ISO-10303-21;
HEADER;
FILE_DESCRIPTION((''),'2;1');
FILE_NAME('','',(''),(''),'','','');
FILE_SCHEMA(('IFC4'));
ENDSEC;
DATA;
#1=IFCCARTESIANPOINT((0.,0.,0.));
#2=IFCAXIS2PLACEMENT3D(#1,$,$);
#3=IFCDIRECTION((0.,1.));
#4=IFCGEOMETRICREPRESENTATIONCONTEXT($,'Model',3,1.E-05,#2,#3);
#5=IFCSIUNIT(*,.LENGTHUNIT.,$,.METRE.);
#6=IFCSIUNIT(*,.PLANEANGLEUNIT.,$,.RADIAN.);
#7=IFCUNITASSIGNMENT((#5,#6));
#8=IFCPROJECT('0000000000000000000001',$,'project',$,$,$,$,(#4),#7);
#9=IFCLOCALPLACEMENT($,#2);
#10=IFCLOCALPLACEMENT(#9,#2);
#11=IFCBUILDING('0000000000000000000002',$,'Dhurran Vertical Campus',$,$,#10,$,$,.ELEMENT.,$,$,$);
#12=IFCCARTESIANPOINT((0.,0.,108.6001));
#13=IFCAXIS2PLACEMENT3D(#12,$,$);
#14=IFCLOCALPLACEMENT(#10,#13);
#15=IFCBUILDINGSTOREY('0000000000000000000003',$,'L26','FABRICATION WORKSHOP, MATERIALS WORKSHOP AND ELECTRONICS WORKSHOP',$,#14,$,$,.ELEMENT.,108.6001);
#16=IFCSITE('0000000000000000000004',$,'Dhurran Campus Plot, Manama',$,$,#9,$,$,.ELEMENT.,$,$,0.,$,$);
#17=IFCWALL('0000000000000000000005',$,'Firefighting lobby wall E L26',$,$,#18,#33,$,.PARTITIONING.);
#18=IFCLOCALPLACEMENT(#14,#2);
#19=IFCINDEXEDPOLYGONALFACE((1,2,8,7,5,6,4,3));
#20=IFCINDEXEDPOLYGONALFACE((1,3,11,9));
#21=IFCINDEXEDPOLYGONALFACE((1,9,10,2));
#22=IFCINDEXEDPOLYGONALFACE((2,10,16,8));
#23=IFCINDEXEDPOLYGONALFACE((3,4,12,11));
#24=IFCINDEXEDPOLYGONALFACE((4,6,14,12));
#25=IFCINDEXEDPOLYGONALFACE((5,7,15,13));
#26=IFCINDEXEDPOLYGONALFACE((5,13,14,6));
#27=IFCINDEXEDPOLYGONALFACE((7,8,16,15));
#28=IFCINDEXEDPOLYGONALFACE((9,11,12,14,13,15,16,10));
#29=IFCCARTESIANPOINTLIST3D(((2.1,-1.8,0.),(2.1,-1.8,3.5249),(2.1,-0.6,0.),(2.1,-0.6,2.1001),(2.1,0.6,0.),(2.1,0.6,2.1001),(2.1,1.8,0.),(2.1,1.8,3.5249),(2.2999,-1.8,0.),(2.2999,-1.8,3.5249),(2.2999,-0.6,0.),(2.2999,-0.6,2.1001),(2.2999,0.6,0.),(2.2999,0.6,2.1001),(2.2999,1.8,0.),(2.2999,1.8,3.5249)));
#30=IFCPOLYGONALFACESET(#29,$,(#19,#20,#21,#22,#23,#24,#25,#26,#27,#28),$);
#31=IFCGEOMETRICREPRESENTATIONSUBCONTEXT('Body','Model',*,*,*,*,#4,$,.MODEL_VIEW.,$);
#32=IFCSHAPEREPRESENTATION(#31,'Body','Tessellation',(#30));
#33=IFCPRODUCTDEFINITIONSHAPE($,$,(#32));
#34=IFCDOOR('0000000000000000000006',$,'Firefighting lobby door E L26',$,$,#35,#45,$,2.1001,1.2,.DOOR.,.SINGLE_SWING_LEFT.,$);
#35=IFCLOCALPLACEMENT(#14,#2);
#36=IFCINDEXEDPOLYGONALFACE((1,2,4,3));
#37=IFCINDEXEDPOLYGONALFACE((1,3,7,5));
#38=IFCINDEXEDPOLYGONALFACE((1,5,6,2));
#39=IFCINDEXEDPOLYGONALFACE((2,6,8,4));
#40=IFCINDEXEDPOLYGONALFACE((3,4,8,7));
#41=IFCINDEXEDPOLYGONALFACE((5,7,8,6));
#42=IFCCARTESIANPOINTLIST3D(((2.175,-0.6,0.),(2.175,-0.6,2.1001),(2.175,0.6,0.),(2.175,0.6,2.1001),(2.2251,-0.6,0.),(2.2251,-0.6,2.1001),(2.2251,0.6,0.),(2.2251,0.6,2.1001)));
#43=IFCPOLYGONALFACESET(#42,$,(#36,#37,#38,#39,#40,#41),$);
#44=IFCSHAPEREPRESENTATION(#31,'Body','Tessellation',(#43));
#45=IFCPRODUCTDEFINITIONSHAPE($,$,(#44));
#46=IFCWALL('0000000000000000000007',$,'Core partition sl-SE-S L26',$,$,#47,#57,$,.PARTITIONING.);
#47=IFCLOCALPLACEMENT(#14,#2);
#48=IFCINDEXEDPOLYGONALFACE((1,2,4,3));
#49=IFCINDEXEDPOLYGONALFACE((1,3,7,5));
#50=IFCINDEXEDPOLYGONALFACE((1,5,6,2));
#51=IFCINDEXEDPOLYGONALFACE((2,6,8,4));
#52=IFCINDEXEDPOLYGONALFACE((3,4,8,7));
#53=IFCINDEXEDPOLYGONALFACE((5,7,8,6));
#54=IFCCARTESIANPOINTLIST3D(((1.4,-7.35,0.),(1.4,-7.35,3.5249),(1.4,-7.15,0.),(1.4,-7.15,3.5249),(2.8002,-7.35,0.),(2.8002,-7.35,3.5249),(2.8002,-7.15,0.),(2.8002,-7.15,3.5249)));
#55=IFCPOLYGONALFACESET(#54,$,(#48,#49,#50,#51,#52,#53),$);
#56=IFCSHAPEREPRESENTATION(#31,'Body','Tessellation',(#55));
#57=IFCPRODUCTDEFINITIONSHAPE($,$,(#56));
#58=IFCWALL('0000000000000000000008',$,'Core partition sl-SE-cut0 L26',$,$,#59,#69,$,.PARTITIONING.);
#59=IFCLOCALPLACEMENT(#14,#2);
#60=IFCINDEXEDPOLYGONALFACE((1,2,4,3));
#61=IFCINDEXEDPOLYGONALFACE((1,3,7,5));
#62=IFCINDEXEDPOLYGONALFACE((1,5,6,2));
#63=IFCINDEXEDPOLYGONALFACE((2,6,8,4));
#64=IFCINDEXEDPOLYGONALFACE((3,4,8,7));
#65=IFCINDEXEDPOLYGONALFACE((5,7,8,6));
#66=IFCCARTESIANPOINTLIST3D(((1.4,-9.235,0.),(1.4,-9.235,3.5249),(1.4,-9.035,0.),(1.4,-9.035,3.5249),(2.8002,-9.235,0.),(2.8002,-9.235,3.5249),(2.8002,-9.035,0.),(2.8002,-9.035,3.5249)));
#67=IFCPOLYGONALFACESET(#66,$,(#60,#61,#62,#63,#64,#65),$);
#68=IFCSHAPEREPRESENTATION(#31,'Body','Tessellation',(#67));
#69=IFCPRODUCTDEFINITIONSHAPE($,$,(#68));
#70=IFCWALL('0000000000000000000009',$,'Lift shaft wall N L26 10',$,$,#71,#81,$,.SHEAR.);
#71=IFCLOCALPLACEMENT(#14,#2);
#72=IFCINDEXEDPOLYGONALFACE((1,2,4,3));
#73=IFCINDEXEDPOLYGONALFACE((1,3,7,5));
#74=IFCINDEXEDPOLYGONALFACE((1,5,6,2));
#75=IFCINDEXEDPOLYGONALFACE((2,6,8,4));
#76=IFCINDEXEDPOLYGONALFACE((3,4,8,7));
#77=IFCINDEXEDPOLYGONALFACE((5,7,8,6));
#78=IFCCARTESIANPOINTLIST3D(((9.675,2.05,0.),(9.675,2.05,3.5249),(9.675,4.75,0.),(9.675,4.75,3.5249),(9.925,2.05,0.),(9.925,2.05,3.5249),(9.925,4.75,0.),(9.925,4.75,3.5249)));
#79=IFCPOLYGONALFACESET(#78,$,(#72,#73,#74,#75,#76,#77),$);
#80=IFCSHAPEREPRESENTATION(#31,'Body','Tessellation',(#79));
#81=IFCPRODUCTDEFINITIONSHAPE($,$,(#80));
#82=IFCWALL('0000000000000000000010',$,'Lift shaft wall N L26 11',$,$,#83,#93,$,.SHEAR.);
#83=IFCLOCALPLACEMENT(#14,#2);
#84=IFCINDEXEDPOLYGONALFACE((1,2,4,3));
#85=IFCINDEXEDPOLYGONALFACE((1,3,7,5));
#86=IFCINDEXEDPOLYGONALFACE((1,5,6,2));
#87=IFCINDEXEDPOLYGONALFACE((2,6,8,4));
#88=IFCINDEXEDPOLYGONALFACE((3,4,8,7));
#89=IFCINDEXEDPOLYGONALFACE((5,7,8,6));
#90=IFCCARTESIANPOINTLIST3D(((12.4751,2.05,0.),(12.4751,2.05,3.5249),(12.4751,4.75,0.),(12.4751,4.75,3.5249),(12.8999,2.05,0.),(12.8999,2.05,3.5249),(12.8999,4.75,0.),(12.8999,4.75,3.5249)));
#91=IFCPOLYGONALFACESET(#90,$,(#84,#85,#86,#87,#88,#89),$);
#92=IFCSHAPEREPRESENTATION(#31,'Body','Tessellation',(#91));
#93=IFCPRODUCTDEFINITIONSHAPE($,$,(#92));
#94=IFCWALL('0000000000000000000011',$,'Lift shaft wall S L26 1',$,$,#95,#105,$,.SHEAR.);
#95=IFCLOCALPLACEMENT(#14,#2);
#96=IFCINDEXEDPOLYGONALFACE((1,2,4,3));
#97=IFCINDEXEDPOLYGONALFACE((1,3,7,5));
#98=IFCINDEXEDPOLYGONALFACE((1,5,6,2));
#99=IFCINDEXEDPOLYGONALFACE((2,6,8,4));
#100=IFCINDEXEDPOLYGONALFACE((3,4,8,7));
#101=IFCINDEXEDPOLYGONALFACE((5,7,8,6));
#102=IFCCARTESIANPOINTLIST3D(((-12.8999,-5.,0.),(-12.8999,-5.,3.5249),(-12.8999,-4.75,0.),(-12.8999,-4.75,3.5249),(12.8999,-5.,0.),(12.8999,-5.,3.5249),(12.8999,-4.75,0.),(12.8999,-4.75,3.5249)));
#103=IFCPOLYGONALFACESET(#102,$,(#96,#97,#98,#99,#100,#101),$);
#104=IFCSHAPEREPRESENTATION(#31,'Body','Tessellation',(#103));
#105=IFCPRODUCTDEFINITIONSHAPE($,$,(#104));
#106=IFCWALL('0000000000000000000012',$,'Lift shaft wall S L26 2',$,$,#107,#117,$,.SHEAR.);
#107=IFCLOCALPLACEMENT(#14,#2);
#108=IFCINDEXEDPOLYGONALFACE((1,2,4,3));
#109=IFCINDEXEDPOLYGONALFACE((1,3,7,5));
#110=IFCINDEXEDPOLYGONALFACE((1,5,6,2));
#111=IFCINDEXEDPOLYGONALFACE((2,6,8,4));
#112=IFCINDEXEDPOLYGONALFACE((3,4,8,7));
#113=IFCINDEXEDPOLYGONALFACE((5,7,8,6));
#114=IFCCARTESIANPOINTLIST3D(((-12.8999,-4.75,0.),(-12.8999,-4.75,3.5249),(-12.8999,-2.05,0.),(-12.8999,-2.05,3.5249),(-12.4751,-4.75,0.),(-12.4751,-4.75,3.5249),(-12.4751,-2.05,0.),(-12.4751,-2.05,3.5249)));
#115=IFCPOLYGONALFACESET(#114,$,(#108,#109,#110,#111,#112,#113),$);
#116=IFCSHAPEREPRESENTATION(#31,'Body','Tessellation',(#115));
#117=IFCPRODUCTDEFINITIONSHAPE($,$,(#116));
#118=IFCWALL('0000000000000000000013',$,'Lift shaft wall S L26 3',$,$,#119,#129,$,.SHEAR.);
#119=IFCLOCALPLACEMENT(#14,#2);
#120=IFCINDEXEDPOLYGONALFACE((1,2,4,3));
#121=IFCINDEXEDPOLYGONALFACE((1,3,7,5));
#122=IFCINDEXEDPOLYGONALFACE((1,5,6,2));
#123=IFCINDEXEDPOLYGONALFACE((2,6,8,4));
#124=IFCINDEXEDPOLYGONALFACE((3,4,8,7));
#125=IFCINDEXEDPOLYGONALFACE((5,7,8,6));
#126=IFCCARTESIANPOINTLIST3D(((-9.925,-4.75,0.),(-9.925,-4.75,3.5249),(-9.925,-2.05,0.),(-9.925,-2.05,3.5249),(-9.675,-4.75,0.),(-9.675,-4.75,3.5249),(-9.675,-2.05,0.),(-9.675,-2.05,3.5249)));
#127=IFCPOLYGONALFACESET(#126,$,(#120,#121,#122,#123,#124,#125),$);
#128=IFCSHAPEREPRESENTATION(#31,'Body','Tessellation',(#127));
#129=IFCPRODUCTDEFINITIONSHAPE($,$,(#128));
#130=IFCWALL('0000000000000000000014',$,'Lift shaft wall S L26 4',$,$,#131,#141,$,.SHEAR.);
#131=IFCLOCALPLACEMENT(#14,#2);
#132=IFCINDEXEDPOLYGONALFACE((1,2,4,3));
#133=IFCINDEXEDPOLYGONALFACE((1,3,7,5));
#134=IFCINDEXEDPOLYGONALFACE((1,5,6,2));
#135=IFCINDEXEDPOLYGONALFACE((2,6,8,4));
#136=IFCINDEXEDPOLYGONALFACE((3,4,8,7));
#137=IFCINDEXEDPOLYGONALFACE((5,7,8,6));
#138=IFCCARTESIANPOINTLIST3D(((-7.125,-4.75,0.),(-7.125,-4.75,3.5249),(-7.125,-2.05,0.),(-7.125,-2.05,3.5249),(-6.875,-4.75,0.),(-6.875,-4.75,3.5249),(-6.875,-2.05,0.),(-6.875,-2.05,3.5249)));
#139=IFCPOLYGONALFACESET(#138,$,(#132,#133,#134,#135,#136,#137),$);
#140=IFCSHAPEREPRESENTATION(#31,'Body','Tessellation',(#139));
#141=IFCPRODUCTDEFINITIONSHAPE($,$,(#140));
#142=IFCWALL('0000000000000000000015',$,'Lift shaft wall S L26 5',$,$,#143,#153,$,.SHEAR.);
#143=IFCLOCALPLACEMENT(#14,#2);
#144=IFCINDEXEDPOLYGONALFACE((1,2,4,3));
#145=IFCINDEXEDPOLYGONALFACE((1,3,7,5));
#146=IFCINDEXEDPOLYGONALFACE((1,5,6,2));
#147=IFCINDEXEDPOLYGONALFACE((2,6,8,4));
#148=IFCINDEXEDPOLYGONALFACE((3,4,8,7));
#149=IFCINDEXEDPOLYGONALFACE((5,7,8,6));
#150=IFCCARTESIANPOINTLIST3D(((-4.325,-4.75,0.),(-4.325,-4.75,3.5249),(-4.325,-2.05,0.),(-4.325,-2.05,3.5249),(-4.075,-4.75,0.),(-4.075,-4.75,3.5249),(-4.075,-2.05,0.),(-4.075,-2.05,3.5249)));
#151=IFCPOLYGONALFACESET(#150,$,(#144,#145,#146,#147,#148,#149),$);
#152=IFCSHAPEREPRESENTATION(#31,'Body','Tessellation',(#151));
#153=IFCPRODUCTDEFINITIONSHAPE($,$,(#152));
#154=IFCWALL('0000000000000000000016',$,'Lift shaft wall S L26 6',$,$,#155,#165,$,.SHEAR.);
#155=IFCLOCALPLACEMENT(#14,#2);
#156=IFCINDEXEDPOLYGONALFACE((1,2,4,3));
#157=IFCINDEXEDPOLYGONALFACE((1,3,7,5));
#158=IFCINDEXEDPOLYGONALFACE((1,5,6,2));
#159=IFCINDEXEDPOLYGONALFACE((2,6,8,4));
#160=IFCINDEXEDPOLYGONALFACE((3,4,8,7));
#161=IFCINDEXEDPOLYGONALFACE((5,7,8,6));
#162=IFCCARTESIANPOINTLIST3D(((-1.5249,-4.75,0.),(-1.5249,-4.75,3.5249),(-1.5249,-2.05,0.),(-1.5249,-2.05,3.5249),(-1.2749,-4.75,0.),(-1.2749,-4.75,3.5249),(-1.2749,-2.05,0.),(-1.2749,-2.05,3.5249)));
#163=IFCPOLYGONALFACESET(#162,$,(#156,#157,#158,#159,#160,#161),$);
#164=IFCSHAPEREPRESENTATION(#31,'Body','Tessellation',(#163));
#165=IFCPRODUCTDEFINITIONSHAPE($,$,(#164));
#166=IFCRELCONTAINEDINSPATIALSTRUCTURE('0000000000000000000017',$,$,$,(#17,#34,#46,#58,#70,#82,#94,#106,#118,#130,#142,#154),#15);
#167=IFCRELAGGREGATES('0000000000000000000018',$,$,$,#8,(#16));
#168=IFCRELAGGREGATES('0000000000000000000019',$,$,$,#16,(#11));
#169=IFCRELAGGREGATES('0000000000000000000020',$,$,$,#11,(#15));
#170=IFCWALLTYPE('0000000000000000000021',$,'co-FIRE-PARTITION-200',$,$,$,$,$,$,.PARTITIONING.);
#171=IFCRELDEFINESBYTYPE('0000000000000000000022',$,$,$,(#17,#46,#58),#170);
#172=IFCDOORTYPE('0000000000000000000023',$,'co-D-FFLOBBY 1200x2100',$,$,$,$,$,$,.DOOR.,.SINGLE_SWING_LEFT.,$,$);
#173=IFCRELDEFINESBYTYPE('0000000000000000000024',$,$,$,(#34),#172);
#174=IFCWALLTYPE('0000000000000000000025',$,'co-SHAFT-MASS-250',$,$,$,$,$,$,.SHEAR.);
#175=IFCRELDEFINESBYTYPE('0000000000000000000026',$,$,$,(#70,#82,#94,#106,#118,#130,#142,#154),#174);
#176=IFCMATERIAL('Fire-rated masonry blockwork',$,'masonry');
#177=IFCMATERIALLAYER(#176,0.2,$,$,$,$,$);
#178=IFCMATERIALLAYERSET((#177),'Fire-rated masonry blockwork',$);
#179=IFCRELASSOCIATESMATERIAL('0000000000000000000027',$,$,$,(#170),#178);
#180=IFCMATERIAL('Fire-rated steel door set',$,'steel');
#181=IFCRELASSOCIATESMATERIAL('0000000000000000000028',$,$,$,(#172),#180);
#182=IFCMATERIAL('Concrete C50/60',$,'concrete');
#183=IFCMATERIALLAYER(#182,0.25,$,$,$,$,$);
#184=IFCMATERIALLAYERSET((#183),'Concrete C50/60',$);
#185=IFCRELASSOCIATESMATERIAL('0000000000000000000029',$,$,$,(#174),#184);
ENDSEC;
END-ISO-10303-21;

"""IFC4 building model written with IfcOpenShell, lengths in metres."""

from ifc_helpers import new_model, si_unit, direction, frame, frame_2d, origin, place, context, subcontext, project, spatial, polyline, rectangle, outline, extrude, material, layer, layer_set, type_object, element, fill, save


model = new_model("IFC4")

# Units and contexts
model_context = context("Model", 3, precision=1e-05, world=origin(), true_north=direction((0.0, 1.0)))
body_context = subcontext(model_context, "Body", "Model", "MODEL_VIEW")
ifc_project = project(units=[si_unit("LENGTHUNIT", "METRE"), si_unit("PLANEANGLEUNIT", "RADIAN")], contexts=[model_context])

# Site, building, storey
site_placement = place(None, origin())
site = spatial("IfcSite", under=ifc_project, at=site_placement, Name="Dhurran Campus Plot, Manama", CompositionType="ELEMENT", RefElevation=0.0)
building_placement = place(site_placement, origin())
building = spatial("IfcBuilding", under=site, at=building_placement, Name="Dhurran Vertical Campus", CompositionType="ELEMENT")
storey_placement = place(building_placement, frame((0.0, 0.0, 108.6001)))
storey = spatial("IfcBuildingStorey", under=building, at=storey_placement, Name="L26", Description="FABRICATION WORKSHOP, MATERIALS WORKSHOP AND ELECTRONICS WORKSHOP", CompositionType="ELEMENT", Elevation=108.6001)

# Wall, opening, door
ifc_material_1 = material(Name="Fire-rated masonry blockwork", Category="masonry")
ifc_layer_1 = layer(ifc_material_1, 0.2)
ifc_layer_set_1 = layer_set([ifc_layer_1], Name="Fire-rated masonry blockwork")
wall_type_1 = type_object("IfcWallType", Name="co-FIRE-PARTITION-200", PredefinedType="PARTITIONING", material=ifc_layer_set_1)
wall_1_placement = place(storey_placement, frame((2.2, -1.8, 0.0), z_axis=(0.0, 0.0, 1.0), x_axis=(0.0, 1.0, 0.0)))
wall_1 = element("IfcWall", 1, at=wall_1_placement, inside=storey, type_object=wall_type_1, Name="Firefighting lobby wall E L26", PredefinedType="PARTITIONING", context=body_context, shape_type="SweptSolid", body=[
    extrude(rectangle(XDim=3.6001, YDim=0.2, at=frame_2d((1.8, 0.0))), origin(), (0.0, 0.0, 1.0), 3.5249),
])
opening_1_placement = place(wall_1_placement, frame((1.2, 0.0, 0.0)))
opening_1 = element("IfcOpeningElement", 2, at=opening_1_placement, cuts=wall_1, PredefinedType="OPENING", context=body_context, shape_type="SweptSolid", body=[
    extrude(rectangle(XDim=1.2, YDim=2.1001, at=frame_2d((0.6001, 1.05))), frame((0.0, 0.1099, 0.0), z_axis=(0.0, -1.0, 0.0), x_axis=(1.0, 0.0, 0.0)), (0.0, 0.0, 1.0), 0.22),
])
ifc_material_2 = material(Name="Fire-rated steel door set", Category="steel")
door_type_1 = type_object("IfcDoorType", Name="co-D-FFLOBBY 1200x2100", OperationType="SINGLE_SWING_LEFT", PredefinedType="DOOR", material=ifc_material_2)
door_1_placement = place(opening_1_placement, origin())
door_1 = element("IfcDoor", 3, at=door_1_placement, inside=storey, type_object=door_type_1, Name="Firefighting lobby door E L26", OperationType="SINGLE_SWING_LEFT", OverallHeight=2.1001, OverallWidth=1.2, PredefinedType="DOOR", context=body_context, shape_type="SweptSolid", body=[
    extrude(rectangle(XDim=1.2, YDim=2.1001, at=frame_2d((0.6001, 1.05))), frame((0.0, 0.0249, 0.0), z_axis=(0.0, -1.0, 0.0), x_axis=(1.0, 0.0, 0.0)), (0.0, 0.0, 1.0), 0.05),
])
fill(opening_1, door_1)

# Walls
for number, where, z_axis, x_axis, name in (
    (4, (1.3999, -7.25, 0.0), (0.0, 0.0, 1.0), (1.0, 0.0, 0.0), "Core partition sl-SE-S L26"),
    (5, (1.3999, -9.135, 0.0), (0.0, 0.0, 1.0), (1.0, 0.0, 0.0), "Core partition sl-SE-cut0 L26"),
):
    element("IfcWall", number, at=place(storey_placement, frame(where, z_axis=z_axis, x_axis=x_axis)), inside=storey, type_object=wall_type_1, Name=name, PredefinedType="PARTITIONING", context=body_context, shape_type="SweptSolid", body=[
        extrude(rectangle(XDim=1.4001, YDim=0.2, at=frame_2d((0.7002, 0.0))), origin(), (0.0, 0.0, 1.0), 3.5249),
    ])
ifc_material_3 = material(Name="Concrete C50/60", Category="concrete")
ifc_layer_2 = layer(ifc_material_3, 0.25)
ifc_layer_set_2 = layer_set([ifc_layer_2], Name="Concrete C50/60")
wall_type_2 = type_object("IfcWallType", Name="co-SHAFT-MASS-250", PredefinedType="SHEAR", material=ifc_layer_set_2)
wall_2_placement = place(storey_placement, origin())
element("IfcWall", 6, at=wall_2_placement, inside=storey, type_object=wall_type_2, Name="Lift shaft wall N L26 10", PredefinedType="SHEAR", context=body_context, shape_type="SweptSolid", body=[
    extrude(outline(polyline([(9.675, 2.05), (9.925, 2.05), (9.925, 4.75), (9.675, 4.75), (9.675, 2.05)])), origin(), (0.0, 0.0, 1.0), 3.5249),
])
wall_3_placement = place(storey_placement, origin())
element("IfcWall", 7, at=wall_3_placement, inside=storey, type_object=wall_type_2, Name="Lift shaft wall N L26 11", PredefinedType="SHEAR", context=body_context, shape_type="SweptSolid", body=[
    extrude(outline(polyline([(12.4751, 2.05), (12.8999, 2.05), (12.8999, 4.75), (12.4751, 4.75), (12.4751, 2.05)])), origin(), (0.0, 0.0, 1.0), 3.5249),
])
wall_4_placement = place(storey_placement, origin())
element("IfcWall", 8, at=wall_4_placement, inside=storey, type_object=wall_type_2, Name="Lift shaft wall S L26 1", PredefinedType="SHEAR", context=body_context, shape_type="SweptSolid", body=[
    extrude(outline(polyline([(-12.8999, -5.0), (12.8999, -5.0), (12.8999, -4.75), (-12.8999, -4.75), (-12.8999, -5.0)])), origin(), (0.0, 0.0, 1.0), 3.5249),
])
wall_5_placement = place(storey_placement, origin())
element("IfcWall", 9, at=wall_5_placement, inside=storey, type_object=wall_type_2, Name="Lift shaft wall S L26 2", PredefinedType="SHEAR", context=body_context, shape_type="SweptSolid", body=[
    extrude(outline(polyline([(-12.8999, -4.75), (-12.4751, -4.75), (-12.4751, -2.05), (-12.8999, -2.05), (-12.8999, -4.75)])), origin(), (0.0, 0.0, 1.0), 3.5249),
])
wall_6_placement = place(storey_placement, origin())
element("IfcWall", 10, at=wall_6_placement, inside=storey, type_object=wall_type_2, Name="Lift shaft wall S L26 3", PredefinedType="SHEAR", context=body_context, shape_type="SweptSolid", body=[
    extrude(outline(polyline([(-9.925, -4.75), (-9.675, -4.75), (-9.675, -2.05), (-9.925, -2.05), (-9.925, -4.75)])), origin(), (0.0, 0.0, 1.0), 3.5249),
])
wall_7_placement = place(storey_placement, origin())
element("IfcWall", 11, at=wall_7_placement, inside=storey, type_object=wall_type_2, Name="Lift shaft wall S L26 4", PredefinedType="SHEAR", context=body_context, shape_type="SweptSolid", body=[
    extrude(outline(polyline([(-7.125, -4.75), (-6.875, -4.75), (-6.875, -2.05), (-7.125, -2.05), (-7.125, -4.75)])), origin(), (0.0, 0.0, 1.0), 3.5249),
])
wall_8_placement = place(storey_placement, origin())
element("IfcWall", 12, at=wall_8_placement, inside=storey, type_object=wall_type_2, Name="Lift shaft wall S L26 5", PredefinedType="SHEAR", context=body_context, shape_type="SweptSolid", body=[
    extrude(outline(polyline([(-4.325, -4.75), (-4.075, -4.75), (-4.075, -2.05), (-4.325, -2.05), (-4.325, -4.75)])), origin(), (0.0, 0.0, 1.0), 3.5249),
])
wall_9_placement = place(storey_placement, origin())
element("IfcWall", 13, at=wall_9_placement, inside=storey, type_object=wall_type_2, Name="Lift shaft wall S L26 6", PredefinedType="SHEAR", context=body_context, shape_type="SweptSolid", body=[
    extrude(outline(polyline([(-1.5249, -4.75), (-1.2749, -4.75), (-1.2749, -2.05), (-1.5249, -2.05), (-1.5249, -4.75)])), origin(), (0.0, 0.0, 1.0), 3.5249),
])

save(model, "model.ifc")
